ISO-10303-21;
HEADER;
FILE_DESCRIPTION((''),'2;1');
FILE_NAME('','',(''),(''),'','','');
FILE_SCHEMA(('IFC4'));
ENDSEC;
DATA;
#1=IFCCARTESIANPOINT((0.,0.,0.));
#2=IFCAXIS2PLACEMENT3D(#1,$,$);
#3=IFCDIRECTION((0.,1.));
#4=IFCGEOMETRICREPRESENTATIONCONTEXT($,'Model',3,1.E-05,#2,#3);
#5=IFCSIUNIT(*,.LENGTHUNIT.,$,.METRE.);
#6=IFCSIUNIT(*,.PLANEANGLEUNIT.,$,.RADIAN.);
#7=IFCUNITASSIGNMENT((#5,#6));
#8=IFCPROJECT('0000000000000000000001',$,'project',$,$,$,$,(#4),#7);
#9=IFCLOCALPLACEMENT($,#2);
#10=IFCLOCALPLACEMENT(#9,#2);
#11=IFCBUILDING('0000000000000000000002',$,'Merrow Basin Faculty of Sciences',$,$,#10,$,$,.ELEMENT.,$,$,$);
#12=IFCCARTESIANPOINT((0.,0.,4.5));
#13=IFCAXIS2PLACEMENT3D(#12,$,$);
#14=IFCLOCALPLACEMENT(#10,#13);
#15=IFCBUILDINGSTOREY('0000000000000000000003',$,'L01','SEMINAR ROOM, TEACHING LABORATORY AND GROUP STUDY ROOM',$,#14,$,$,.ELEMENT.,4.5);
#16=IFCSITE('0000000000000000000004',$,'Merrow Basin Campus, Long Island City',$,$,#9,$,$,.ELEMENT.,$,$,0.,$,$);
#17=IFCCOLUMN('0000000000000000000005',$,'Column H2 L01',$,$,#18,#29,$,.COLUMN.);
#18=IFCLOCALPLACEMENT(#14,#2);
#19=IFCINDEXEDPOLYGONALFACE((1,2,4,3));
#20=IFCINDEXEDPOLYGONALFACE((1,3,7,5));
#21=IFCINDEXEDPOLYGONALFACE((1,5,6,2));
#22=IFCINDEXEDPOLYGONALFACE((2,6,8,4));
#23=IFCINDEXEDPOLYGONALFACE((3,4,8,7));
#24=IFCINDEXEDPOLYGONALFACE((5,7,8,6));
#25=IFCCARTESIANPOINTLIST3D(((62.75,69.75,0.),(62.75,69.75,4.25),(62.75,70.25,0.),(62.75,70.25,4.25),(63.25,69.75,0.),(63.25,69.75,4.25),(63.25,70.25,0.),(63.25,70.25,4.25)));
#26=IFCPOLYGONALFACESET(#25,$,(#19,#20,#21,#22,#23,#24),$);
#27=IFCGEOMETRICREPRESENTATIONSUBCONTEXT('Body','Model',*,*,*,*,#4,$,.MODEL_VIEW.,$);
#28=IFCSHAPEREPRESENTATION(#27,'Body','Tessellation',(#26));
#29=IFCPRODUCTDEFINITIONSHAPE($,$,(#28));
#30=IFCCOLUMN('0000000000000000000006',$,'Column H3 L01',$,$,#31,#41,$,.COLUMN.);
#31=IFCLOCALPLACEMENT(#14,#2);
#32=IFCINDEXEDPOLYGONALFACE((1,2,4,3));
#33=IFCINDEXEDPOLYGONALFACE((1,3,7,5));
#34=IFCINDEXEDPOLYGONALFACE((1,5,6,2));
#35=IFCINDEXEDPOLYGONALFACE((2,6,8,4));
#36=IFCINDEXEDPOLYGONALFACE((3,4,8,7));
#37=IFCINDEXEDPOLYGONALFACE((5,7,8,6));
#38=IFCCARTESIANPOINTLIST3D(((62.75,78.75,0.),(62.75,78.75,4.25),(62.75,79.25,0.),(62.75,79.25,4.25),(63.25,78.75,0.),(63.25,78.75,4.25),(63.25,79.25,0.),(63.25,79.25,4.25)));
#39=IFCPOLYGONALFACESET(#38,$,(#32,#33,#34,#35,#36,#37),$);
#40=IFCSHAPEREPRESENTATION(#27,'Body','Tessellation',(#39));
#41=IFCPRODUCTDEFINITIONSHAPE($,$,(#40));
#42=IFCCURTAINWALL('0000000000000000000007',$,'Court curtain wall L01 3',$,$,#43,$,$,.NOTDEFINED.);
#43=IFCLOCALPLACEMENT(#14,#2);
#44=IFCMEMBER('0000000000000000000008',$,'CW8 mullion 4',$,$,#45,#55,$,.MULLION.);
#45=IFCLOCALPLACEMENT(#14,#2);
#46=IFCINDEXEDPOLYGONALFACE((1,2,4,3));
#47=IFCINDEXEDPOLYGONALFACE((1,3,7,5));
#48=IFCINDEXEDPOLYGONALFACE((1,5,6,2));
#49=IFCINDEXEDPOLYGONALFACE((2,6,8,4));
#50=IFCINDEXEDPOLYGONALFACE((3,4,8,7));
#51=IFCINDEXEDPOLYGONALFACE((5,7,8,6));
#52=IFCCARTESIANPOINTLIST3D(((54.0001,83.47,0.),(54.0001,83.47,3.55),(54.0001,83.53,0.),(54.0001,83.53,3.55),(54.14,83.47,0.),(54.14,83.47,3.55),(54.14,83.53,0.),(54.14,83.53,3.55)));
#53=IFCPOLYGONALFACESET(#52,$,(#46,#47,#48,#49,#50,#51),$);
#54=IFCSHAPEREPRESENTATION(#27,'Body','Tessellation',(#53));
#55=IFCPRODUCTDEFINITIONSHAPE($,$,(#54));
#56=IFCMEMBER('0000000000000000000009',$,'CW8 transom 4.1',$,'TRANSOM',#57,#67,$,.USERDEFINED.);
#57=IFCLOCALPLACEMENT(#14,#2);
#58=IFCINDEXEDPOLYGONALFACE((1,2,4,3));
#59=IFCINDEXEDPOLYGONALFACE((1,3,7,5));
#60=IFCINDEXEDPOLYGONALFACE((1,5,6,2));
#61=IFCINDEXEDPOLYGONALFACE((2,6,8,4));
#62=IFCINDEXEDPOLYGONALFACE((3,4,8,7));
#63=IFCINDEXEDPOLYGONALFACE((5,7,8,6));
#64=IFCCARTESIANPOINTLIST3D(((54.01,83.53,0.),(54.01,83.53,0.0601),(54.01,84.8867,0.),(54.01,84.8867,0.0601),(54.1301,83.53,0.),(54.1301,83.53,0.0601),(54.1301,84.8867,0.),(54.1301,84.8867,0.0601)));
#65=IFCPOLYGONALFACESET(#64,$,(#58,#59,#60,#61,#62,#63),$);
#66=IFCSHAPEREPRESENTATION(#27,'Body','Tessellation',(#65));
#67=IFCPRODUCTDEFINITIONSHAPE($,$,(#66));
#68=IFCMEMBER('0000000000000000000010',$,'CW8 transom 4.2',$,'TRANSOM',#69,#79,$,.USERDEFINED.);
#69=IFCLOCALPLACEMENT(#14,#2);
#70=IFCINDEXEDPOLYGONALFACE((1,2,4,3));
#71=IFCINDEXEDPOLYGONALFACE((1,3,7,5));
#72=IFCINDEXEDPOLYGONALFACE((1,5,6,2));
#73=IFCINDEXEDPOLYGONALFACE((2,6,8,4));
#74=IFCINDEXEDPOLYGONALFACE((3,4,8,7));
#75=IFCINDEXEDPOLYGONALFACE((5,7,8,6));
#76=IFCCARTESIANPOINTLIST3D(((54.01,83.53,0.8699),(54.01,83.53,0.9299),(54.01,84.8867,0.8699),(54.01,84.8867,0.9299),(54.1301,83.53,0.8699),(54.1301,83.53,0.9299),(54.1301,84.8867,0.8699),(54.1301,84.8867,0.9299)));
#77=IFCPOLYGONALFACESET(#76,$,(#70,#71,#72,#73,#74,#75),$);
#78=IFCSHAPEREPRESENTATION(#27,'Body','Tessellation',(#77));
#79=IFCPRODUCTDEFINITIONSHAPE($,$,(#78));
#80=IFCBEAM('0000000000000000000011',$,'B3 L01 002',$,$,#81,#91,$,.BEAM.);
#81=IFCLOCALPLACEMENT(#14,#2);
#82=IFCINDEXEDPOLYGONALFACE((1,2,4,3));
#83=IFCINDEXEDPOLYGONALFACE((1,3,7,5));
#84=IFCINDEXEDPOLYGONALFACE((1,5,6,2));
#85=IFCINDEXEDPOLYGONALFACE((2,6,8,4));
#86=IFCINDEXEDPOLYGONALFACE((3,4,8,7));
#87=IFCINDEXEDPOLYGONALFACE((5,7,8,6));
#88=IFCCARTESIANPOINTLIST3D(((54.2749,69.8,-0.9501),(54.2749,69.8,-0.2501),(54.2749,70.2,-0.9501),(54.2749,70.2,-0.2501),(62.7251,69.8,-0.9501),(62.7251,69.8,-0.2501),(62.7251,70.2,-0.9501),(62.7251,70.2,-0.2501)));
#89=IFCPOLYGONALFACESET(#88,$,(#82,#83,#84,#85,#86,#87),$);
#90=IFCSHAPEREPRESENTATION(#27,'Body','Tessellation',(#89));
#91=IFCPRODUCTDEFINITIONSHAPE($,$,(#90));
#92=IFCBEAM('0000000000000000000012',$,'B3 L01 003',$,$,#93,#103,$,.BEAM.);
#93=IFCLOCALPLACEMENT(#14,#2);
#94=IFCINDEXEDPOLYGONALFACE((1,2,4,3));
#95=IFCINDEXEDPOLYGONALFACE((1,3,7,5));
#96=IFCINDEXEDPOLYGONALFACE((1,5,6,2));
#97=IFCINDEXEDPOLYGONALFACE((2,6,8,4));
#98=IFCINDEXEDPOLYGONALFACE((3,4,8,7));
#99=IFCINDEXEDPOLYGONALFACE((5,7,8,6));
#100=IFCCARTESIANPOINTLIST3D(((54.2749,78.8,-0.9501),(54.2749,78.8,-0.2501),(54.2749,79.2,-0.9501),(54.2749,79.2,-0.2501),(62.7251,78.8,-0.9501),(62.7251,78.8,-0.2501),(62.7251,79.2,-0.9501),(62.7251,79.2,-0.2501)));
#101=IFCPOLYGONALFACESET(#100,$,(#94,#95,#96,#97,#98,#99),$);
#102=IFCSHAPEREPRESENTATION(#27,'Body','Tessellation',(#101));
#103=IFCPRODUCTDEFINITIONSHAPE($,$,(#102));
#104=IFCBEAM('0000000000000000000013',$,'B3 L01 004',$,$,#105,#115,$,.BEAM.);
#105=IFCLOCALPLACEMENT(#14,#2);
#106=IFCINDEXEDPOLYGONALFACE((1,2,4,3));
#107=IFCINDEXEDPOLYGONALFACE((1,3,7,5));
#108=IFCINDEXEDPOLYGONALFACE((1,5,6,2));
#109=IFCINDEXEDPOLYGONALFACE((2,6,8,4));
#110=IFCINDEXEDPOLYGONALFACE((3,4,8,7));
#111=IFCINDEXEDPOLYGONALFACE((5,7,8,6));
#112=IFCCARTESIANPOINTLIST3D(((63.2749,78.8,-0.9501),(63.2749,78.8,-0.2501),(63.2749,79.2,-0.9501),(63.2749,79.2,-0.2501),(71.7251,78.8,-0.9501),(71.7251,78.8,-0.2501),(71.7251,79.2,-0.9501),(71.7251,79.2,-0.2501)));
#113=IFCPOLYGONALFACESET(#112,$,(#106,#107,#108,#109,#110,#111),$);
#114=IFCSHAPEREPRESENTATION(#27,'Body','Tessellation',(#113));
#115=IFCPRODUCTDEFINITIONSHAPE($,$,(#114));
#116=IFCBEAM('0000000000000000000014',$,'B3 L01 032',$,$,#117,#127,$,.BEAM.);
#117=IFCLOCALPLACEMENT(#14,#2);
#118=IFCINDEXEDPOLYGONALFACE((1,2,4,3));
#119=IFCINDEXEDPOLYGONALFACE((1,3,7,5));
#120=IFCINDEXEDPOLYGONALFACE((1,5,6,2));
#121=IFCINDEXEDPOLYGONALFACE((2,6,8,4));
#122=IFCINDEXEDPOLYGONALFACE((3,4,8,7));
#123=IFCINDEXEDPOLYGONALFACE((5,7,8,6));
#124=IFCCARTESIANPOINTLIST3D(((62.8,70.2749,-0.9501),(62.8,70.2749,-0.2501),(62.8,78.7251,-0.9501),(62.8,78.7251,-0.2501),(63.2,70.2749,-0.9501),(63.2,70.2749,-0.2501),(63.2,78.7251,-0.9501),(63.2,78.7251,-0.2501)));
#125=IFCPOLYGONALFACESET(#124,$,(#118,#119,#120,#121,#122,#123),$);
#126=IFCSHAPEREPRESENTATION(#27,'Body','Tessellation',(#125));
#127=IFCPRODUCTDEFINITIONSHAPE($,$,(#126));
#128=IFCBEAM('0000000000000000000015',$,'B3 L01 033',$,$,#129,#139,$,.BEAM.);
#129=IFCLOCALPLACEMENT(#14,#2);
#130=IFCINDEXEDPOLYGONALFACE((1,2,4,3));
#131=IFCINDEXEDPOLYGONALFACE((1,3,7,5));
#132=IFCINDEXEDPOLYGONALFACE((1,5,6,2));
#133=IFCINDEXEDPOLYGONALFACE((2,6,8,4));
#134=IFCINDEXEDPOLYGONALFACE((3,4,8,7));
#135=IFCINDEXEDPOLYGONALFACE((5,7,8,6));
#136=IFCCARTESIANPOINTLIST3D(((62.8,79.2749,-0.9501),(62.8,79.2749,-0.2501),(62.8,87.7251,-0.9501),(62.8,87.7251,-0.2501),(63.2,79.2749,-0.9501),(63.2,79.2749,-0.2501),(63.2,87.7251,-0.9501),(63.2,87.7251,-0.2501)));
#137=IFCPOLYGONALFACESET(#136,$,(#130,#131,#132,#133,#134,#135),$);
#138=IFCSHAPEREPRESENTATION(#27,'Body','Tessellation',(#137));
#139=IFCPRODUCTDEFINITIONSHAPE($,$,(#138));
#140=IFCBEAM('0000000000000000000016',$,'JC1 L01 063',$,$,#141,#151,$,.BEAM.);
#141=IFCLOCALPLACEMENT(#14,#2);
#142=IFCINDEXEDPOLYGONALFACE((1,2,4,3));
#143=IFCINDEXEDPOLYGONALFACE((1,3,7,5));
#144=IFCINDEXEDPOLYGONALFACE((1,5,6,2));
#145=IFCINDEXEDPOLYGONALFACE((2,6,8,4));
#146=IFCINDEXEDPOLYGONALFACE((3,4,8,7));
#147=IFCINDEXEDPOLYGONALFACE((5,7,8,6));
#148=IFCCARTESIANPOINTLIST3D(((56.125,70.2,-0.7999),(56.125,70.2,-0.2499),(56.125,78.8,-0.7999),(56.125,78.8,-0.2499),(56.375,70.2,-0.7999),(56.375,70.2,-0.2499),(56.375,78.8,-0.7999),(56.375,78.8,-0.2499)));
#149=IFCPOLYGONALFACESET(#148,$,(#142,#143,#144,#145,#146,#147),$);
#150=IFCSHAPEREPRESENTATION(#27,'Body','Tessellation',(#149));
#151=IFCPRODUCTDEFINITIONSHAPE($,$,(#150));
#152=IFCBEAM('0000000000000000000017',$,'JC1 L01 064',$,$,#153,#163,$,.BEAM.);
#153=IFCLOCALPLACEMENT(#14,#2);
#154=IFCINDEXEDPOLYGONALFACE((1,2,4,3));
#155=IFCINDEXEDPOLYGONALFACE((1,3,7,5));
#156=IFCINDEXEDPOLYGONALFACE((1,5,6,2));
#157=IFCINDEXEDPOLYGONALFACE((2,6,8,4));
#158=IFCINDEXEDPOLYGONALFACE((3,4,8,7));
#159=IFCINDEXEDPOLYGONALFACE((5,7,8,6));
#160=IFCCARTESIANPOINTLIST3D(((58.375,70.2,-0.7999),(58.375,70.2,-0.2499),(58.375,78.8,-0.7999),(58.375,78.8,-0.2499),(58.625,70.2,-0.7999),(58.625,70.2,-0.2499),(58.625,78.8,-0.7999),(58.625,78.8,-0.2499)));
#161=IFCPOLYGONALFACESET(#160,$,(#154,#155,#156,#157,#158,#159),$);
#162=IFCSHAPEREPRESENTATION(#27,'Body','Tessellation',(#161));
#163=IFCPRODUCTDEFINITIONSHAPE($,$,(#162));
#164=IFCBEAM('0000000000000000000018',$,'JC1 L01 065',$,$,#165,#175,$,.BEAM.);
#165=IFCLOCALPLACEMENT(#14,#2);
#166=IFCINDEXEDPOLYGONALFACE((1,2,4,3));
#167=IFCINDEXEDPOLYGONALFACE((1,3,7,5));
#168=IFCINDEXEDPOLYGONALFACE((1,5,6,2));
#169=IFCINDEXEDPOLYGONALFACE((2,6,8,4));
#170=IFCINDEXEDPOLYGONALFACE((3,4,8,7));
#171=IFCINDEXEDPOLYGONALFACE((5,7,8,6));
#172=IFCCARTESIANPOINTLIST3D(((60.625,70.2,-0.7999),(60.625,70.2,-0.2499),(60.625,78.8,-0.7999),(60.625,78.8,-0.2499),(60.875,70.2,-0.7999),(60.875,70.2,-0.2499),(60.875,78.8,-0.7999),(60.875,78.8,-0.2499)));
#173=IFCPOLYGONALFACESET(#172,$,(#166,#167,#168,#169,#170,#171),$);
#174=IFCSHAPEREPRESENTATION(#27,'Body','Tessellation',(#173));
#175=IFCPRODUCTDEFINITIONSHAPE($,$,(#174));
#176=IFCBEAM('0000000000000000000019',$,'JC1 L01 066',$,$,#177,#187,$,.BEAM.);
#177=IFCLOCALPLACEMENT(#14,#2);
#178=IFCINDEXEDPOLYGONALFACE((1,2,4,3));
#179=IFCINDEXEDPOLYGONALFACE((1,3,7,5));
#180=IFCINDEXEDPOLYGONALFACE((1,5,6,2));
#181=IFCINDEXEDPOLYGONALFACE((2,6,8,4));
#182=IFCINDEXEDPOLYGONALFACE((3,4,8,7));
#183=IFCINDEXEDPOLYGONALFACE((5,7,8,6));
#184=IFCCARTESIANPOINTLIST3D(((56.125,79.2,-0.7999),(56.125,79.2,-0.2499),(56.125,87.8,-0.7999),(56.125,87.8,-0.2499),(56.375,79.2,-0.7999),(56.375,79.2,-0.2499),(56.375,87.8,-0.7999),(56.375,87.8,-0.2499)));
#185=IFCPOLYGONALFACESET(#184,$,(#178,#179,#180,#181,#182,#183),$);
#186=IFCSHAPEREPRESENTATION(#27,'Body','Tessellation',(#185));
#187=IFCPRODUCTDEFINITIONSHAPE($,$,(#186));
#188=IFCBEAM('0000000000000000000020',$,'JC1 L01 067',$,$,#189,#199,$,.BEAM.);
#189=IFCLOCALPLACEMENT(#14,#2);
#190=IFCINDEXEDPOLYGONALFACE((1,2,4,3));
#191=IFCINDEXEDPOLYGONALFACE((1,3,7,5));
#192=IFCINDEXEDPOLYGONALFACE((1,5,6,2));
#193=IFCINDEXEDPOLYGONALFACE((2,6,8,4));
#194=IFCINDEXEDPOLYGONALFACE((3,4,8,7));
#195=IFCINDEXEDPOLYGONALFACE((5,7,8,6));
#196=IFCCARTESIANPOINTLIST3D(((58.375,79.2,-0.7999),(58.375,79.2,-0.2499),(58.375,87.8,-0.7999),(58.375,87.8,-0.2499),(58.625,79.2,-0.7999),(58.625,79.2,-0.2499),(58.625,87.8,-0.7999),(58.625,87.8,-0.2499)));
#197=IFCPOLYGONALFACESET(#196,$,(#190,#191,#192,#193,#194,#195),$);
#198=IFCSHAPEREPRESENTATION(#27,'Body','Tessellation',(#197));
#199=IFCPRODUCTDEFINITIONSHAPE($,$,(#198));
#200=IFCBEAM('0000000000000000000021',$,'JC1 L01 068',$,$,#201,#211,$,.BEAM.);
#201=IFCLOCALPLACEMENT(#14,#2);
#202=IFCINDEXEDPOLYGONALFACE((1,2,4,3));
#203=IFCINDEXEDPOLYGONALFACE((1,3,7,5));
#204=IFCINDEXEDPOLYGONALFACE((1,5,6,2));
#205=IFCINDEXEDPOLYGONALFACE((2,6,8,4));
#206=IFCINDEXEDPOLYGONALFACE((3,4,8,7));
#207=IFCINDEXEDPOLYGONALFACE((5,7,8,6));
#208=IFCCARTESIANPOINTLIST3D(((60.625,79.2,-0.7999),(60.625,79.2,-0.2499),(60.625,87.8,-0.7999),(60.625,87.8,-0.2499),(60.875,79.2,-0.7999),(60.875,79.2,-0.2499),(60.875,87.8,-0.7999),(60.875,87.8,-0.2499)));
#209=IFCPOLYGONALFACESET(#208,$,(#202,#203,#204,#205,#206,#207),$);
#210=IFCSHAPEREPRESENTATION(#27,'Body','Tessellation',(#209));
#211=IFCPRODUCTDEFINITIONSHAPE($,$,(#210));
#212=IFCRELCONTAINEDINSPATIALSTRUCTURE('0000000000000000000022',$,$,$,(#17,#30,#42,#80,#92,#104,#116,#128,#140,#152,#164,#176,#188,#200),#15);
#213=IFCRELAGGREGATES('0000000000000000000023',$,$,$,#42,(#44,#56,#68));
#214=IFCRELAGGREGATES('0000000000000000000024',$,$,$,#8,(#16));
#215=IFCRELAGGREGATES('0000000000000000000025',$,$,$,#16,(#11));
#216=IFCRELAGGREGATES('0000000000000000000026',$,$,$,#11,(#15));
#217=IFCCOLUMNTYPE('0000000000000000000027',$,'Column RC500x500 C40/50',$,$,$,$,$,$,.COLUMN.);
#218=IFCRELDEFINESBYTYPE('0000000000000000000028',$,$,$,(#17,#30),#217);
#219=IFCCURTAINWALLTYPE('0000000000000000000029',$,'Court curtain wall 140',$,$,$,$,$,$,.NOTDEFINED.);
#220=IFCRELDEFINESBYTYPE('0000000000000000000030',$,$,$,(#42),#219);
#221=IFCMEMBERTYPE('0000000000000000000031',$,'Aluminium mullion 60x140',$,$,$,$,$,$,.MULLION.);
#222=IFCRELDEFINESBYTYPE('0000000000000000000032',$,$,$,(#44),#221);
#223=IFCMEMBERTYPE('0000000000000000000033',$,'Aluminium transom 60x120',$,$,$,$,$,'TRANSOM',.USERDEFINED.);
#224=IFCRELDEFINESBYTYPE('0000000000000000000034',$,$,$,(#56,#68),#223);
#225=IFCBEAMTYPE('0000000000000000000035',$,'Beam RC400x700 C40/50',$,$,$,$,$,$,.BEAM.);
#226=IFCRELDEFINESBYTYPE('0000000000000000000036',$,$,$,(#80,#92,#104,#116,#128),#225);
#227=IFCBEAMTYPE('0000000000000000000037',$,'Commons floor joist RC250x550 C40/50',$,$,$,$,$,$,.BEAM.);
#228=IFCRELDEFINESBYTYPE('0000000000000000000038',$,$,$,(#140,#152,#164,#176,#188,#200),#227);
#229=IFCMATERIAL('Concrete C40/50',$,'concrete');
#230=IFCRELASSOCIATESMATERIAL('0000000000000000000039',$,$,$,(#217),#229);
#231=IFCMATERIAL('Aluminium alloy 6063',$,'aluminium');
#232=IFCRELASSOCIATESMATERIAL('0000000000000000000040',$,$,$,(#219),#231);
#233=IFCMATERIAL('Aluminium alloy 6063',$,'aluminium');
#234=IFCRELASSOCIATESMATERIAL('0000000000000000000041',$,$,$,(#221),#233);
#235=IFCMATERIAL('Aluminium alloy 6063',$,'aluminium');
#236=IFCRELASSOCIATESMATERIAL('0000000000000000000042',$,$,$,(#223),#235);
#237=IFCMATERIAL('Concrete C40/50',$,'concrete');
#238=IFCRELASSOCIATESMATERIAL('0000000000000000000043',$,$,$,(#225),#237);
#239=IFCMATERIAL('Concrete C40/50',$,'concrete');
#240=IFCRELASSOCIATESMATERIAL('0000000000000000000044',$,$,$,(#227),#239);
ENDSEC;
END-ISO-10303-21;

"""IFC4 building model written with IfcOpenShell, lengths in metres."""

from ifc_helpers import new_model, si_unit, direction, frame, origin, origin_2d, place, context, subcontext, project, spatial, rectangle, extrude, material, material_profile, profile_set, type_object, element, aggregate, save


model = new_model("IFC4")

# Units and contexts
model_context = context("Model", 3, precision=1e-05, world=origin(), true_north=direction((0.0, 1.0)))
body_context = subcontext(model_context, "Body", "Model", "MODEL_VIEW")
ifc_project = project(units=[si_unit("LENGTHUNIT", "METRE"), si_unit("PLANEANGLEUNIT", "RADIAN")], contexts=[model_context])

# Site, building, storey
site_placement = place(None, origin())
site = spatial("IfcSite", under=ifc_project, at=site_placement, Name="Merrow Basin Campus, Long Island City", CompositionType="ELEMENT", RefElevation=0.0)
building_placement = place(site_placement, origin())
building = spatial("IfcBuilding", under=site, at=building_placement, Name="Merrow Basin Faculty of Sciences", CompositionType="ELEMENT")
storey_placement = place(building_placement, frame((0.0, 0.0, 4.5)))
storey = spatial("IfcBuildingStorey", under=building, at=storey_placement, Name="L01", Description="SEMINAR ROOM, TEACHING LABORATORY AND GROUP STUDY ROOM", CompositionType="ELEMENT", Elevation=4.5)

# Columns
ifc_material_1 = material(Name="Concrete C40/50", Category="concrete")
ifc_material_profile_1 = material_profile(ifc_material_1, rectangle(XDim=0.5, YDim=0.5, at=origin_2d()))
ifc_profile_set_1 = profile_set([ifc_material_profile_1], Name="Concrete C40/50")
column_type = type_object("IfcColumnType", Name="Column RC500x500 C40/50", PredefinedType="COLUMN", material=ifc_profile_set_1)
for number, where, z_axis, x_axis, name in (
    (1, (63.0, 70.0, 0.0), (0.0, 0.0, 1.0), (1.0, 0.0, 0.0), "Column H2 L01"),
    (2, (63.0, 79.0, 0.0), (0.0, 0.0, 1.0), (1.0, 0.0, 0.0), "Column H3 L01"),
):
    element("IfcColumn", number, at=place(storey_placement, frame(where, z_axis=z_axis, x_axis=x_axis)), inside=storey, type_object=column_type, Name=name, PredefinedType="COLUMN", context=body_context, shape_type="SweptSolid", body=[
        extrude(rectangle(XDim=0.5, YDim=0.5, at=origin_2d()), origin(), (0.0, 0.0, 1.0), 4.25),
    ])

# Curtain wall, members
ifc_material_2 = material(Name="Aluminium alloy 6063", Category="aluminium")
curtain_wall_type = type_object("IfcCurtainWallType", Name="Court curtain wall 140", PredefinedType="NOTDEFINED", material=ifc_material_2)
curtain_wall_placement = place(storey_placement, origin())
curtain_wall = element("IfcCurtainWall", 3, at=curtain_wall_placement, inside=storey, type_object=curtain_wall_type, Name="Court curtain wall L01 3", PredefinedType="NOTDEFINED")
ifc_material_3 = material(Name="Aluminium alloy 6063", Category="aluminium")
ifc_material_profile_2 = material_profile(ifc_material_3, rectangle(XDim=0.1399, YDim=0.0601, at=origin_2d()))
ifc_profile_set_2 = profile_set([ifc_material_profile_2], Name="Aluminium alloy 6063")
member_type_1 = type_object("IfcMemberType", Name="Aluminium mullion 60x140", PredefinedType="MULLION", material=ifc_profile_set_2)
member_1_placement = place(storey_placement, frame((54.0701, 83.5, 0.0), z_axis=(0.0, 0.0, 1.0), x_axis=(-1.0, 0.0, 0.0)))
member_1 = element("IfcMember", 4, at=member_1_placement, type_object=member_type_1, Name="CW8 mullion 4", PredefinedType="MULLION", context=body_context, shape_type="SweptSolid", body=[
    extrude(rectangle(XDim=0.1399, YDim=0.0601, at=origin_2d()), origin(), (0.0, 0.0, 1.0), 3.55),
])
ifc_material_4 = material(Name="Aluminium alloy 6063", Category="aluminium")
ifc_material_profile_3 = material_profile(ifc_material_4, rectangle(XDim=0.1201, YDim=0.0601, at=origin_2d()))
ifc_profile_set_3 = profile_set([ifc_material_profile_3], Name="Aluminium alloy 6063")
member_type_2 = type_object("IfcMemberType", Name="Aluminium transom 60x120", ElementType="TRANSOM", PredefinedType="USERDEFINED", material=ifc_profile_set_3)
member_2_placement = place(storey_placement, frame((54.0701, 83.53, 0.03), z_axis=(0.0, 1.0, 0.0), x_axis=(-1.0, 0.0, 0.0)))
member_2 = element("IfcMember", 5, at=member_2_placement, type_object=member_type_2, Name="CW8 transom 4.1", ObjectType="TRANSOM", PredefinedType="USERDEFINED", context=body_context, shape_type="SweptSolid", body=[
    extrude(rectangle(XDim=0.1201, YDim=0.0601, at=origin_2d()), origin(), (0.0, 0.0, 1.0), 1.3567),
])
member_3_placement = place(storey_placement, frame((54.0701, 83.53, 0.8999), z_axis=(0.0, 1.0, 0.0), x_axis=(-1.0, 0.0, 0.0)))
member_3 = element("IfcMember", 6, at=member_3_placement, type_object=member_type_2, Name="CW8 transom 4.2", ObjectType="TRANSOM", PredefinedType="USERDEFINED", context=body_context, shape_type="SweptSolid", body=[
    extrude(rectangle(XDim=0.1201, YDim=0.0601, at=origin_2d()), origin(), (0.0, 0.0, 1.0), 1.3567),
])

# Beams
ifc_material_5 = material(Name="Concrete C40/50", Category="concrete")
ifc_material_profile_4 = material_profile(ifc_material_5, rectangle(XDim=0.3999, YDim=0.7, at=origin_2d()))
ifc_profile_set_4 = profile_set([ifc_material_profile_4], Name="Concrete C40/50")
beam_type_1 = type_object("IfcBeamType", Name="Beam RC400x700 C40/50", PredefinedType="BEAM", material=ifc_profile_set_4)
for number, where, z_axis, x_axis, name in (
    (7, (54.2749, 70.0, -0.6001), (1.0, 0.0, 0.0), (0.0, 1.0, 0.0), "B3 L01 002"),
    (8, (54.2749, 79.0, -0.6001), (1.0, 0.0, 0.0), (0.0, 1.0, 0.0), "B3 L01 003"),
    (9, (63.2749, 79.0, -0.6001), (1.0, 0.0, 0.0), (0.0, 1.0, 0.0), "B3 L01 004"),
    (10, (63.0, 70.2749, -0.6001), (0.0, 1.0, 0.0), (-1.0, 0.0, 0.0), "B3 L01 032"),
    (11, (63.0, 79.2749, -0.6001), (0.0, 1.0, 0.0), (-1.0, 0.0, 0.0), "B3 L01 033"),
):
    element("IfcBeam", number, at=place(storey_placement, frame(where, z_axis=z_axis, x_axis=x_axis)), inside=storey, type_object=beam_type_1, Name=name, PredefinedType="BEAM", context=body_context, shape_type="SweptSolid", body=[
        extrude(rectangle(XDim=0.3999, YDim=0.7, at=origin_2d()), origin(), (0.0, 0.0, 1.0), 8.4502),
    ])
ifc_material_6 = material(Name="Concrete C40/50", Category="concrete")
ifc_material_profile_5 = material_profile(ifc_material_6, rectangle(XDim=0.25, YDim=0.55, at=origin_2d()))
ifc_profile_set_5 = profile_set([ifc_material_profile_5], Name="Concrete C40/50")
beam_type_2 = type_object("IfcBeamType", Name="Commons floor joist RC250x550 C40/50", PredefinedType="BEAM", material=ifc_profile_set_5)
for number, where, z_axis, x_axis, name in (
    (12, (56.25, 70.2, -0.5249), (0.0, 1.0, 0.0), (-1.0, 0.0, 0.0), "JC1 L01 063"),
    (13, (58.5, 70.2, -0.5249), (0.0, 1.0, 0.0), (-1.0, 0.0, 0.0), "JC1 L01 064"),
    (14, (60.75, 70.2, -0.5249), (0.0, 1.0, 0.0), (-1.0, 0.0, 0.0), "JC1 L01 065"),
    (15, (56.25, 79.2, -0.5249), (0.0, 1.0, 0.0), (-1.0, 0.0, 0.0), "JC1 L01 066"),
    (16, (58.5, 79.2, -0.5249), (0.0, 1.0, 0.0), (-1.0, 0.0, 0.0), "JC1 L01 067"),
    (17, (60.75, 79.2, -0.5249), (0.0, 1.0, 0.0), (-1.0, 0.0, 0.0), "JC1 L01 068"),
):
    element("IfcBeam", number, at=place(storey_placement, frame(where, z_axis=z_axis, x_axis=x_axis)), inside=storey, type_object=beam_type_2, Name=name, PredefinedType="BEAM", context=body_context, shape_type="SweptSolid", body=[
        extrude(rectangle(XDim=0.25, YDim=0.55, at=origin_2d()), origin(), (0.0, 0.0, 1.0), 8.6001),
    ])

aggregate(curtain_wall, [member_1, member_2, member_3])

save(model, "model.ifc")
